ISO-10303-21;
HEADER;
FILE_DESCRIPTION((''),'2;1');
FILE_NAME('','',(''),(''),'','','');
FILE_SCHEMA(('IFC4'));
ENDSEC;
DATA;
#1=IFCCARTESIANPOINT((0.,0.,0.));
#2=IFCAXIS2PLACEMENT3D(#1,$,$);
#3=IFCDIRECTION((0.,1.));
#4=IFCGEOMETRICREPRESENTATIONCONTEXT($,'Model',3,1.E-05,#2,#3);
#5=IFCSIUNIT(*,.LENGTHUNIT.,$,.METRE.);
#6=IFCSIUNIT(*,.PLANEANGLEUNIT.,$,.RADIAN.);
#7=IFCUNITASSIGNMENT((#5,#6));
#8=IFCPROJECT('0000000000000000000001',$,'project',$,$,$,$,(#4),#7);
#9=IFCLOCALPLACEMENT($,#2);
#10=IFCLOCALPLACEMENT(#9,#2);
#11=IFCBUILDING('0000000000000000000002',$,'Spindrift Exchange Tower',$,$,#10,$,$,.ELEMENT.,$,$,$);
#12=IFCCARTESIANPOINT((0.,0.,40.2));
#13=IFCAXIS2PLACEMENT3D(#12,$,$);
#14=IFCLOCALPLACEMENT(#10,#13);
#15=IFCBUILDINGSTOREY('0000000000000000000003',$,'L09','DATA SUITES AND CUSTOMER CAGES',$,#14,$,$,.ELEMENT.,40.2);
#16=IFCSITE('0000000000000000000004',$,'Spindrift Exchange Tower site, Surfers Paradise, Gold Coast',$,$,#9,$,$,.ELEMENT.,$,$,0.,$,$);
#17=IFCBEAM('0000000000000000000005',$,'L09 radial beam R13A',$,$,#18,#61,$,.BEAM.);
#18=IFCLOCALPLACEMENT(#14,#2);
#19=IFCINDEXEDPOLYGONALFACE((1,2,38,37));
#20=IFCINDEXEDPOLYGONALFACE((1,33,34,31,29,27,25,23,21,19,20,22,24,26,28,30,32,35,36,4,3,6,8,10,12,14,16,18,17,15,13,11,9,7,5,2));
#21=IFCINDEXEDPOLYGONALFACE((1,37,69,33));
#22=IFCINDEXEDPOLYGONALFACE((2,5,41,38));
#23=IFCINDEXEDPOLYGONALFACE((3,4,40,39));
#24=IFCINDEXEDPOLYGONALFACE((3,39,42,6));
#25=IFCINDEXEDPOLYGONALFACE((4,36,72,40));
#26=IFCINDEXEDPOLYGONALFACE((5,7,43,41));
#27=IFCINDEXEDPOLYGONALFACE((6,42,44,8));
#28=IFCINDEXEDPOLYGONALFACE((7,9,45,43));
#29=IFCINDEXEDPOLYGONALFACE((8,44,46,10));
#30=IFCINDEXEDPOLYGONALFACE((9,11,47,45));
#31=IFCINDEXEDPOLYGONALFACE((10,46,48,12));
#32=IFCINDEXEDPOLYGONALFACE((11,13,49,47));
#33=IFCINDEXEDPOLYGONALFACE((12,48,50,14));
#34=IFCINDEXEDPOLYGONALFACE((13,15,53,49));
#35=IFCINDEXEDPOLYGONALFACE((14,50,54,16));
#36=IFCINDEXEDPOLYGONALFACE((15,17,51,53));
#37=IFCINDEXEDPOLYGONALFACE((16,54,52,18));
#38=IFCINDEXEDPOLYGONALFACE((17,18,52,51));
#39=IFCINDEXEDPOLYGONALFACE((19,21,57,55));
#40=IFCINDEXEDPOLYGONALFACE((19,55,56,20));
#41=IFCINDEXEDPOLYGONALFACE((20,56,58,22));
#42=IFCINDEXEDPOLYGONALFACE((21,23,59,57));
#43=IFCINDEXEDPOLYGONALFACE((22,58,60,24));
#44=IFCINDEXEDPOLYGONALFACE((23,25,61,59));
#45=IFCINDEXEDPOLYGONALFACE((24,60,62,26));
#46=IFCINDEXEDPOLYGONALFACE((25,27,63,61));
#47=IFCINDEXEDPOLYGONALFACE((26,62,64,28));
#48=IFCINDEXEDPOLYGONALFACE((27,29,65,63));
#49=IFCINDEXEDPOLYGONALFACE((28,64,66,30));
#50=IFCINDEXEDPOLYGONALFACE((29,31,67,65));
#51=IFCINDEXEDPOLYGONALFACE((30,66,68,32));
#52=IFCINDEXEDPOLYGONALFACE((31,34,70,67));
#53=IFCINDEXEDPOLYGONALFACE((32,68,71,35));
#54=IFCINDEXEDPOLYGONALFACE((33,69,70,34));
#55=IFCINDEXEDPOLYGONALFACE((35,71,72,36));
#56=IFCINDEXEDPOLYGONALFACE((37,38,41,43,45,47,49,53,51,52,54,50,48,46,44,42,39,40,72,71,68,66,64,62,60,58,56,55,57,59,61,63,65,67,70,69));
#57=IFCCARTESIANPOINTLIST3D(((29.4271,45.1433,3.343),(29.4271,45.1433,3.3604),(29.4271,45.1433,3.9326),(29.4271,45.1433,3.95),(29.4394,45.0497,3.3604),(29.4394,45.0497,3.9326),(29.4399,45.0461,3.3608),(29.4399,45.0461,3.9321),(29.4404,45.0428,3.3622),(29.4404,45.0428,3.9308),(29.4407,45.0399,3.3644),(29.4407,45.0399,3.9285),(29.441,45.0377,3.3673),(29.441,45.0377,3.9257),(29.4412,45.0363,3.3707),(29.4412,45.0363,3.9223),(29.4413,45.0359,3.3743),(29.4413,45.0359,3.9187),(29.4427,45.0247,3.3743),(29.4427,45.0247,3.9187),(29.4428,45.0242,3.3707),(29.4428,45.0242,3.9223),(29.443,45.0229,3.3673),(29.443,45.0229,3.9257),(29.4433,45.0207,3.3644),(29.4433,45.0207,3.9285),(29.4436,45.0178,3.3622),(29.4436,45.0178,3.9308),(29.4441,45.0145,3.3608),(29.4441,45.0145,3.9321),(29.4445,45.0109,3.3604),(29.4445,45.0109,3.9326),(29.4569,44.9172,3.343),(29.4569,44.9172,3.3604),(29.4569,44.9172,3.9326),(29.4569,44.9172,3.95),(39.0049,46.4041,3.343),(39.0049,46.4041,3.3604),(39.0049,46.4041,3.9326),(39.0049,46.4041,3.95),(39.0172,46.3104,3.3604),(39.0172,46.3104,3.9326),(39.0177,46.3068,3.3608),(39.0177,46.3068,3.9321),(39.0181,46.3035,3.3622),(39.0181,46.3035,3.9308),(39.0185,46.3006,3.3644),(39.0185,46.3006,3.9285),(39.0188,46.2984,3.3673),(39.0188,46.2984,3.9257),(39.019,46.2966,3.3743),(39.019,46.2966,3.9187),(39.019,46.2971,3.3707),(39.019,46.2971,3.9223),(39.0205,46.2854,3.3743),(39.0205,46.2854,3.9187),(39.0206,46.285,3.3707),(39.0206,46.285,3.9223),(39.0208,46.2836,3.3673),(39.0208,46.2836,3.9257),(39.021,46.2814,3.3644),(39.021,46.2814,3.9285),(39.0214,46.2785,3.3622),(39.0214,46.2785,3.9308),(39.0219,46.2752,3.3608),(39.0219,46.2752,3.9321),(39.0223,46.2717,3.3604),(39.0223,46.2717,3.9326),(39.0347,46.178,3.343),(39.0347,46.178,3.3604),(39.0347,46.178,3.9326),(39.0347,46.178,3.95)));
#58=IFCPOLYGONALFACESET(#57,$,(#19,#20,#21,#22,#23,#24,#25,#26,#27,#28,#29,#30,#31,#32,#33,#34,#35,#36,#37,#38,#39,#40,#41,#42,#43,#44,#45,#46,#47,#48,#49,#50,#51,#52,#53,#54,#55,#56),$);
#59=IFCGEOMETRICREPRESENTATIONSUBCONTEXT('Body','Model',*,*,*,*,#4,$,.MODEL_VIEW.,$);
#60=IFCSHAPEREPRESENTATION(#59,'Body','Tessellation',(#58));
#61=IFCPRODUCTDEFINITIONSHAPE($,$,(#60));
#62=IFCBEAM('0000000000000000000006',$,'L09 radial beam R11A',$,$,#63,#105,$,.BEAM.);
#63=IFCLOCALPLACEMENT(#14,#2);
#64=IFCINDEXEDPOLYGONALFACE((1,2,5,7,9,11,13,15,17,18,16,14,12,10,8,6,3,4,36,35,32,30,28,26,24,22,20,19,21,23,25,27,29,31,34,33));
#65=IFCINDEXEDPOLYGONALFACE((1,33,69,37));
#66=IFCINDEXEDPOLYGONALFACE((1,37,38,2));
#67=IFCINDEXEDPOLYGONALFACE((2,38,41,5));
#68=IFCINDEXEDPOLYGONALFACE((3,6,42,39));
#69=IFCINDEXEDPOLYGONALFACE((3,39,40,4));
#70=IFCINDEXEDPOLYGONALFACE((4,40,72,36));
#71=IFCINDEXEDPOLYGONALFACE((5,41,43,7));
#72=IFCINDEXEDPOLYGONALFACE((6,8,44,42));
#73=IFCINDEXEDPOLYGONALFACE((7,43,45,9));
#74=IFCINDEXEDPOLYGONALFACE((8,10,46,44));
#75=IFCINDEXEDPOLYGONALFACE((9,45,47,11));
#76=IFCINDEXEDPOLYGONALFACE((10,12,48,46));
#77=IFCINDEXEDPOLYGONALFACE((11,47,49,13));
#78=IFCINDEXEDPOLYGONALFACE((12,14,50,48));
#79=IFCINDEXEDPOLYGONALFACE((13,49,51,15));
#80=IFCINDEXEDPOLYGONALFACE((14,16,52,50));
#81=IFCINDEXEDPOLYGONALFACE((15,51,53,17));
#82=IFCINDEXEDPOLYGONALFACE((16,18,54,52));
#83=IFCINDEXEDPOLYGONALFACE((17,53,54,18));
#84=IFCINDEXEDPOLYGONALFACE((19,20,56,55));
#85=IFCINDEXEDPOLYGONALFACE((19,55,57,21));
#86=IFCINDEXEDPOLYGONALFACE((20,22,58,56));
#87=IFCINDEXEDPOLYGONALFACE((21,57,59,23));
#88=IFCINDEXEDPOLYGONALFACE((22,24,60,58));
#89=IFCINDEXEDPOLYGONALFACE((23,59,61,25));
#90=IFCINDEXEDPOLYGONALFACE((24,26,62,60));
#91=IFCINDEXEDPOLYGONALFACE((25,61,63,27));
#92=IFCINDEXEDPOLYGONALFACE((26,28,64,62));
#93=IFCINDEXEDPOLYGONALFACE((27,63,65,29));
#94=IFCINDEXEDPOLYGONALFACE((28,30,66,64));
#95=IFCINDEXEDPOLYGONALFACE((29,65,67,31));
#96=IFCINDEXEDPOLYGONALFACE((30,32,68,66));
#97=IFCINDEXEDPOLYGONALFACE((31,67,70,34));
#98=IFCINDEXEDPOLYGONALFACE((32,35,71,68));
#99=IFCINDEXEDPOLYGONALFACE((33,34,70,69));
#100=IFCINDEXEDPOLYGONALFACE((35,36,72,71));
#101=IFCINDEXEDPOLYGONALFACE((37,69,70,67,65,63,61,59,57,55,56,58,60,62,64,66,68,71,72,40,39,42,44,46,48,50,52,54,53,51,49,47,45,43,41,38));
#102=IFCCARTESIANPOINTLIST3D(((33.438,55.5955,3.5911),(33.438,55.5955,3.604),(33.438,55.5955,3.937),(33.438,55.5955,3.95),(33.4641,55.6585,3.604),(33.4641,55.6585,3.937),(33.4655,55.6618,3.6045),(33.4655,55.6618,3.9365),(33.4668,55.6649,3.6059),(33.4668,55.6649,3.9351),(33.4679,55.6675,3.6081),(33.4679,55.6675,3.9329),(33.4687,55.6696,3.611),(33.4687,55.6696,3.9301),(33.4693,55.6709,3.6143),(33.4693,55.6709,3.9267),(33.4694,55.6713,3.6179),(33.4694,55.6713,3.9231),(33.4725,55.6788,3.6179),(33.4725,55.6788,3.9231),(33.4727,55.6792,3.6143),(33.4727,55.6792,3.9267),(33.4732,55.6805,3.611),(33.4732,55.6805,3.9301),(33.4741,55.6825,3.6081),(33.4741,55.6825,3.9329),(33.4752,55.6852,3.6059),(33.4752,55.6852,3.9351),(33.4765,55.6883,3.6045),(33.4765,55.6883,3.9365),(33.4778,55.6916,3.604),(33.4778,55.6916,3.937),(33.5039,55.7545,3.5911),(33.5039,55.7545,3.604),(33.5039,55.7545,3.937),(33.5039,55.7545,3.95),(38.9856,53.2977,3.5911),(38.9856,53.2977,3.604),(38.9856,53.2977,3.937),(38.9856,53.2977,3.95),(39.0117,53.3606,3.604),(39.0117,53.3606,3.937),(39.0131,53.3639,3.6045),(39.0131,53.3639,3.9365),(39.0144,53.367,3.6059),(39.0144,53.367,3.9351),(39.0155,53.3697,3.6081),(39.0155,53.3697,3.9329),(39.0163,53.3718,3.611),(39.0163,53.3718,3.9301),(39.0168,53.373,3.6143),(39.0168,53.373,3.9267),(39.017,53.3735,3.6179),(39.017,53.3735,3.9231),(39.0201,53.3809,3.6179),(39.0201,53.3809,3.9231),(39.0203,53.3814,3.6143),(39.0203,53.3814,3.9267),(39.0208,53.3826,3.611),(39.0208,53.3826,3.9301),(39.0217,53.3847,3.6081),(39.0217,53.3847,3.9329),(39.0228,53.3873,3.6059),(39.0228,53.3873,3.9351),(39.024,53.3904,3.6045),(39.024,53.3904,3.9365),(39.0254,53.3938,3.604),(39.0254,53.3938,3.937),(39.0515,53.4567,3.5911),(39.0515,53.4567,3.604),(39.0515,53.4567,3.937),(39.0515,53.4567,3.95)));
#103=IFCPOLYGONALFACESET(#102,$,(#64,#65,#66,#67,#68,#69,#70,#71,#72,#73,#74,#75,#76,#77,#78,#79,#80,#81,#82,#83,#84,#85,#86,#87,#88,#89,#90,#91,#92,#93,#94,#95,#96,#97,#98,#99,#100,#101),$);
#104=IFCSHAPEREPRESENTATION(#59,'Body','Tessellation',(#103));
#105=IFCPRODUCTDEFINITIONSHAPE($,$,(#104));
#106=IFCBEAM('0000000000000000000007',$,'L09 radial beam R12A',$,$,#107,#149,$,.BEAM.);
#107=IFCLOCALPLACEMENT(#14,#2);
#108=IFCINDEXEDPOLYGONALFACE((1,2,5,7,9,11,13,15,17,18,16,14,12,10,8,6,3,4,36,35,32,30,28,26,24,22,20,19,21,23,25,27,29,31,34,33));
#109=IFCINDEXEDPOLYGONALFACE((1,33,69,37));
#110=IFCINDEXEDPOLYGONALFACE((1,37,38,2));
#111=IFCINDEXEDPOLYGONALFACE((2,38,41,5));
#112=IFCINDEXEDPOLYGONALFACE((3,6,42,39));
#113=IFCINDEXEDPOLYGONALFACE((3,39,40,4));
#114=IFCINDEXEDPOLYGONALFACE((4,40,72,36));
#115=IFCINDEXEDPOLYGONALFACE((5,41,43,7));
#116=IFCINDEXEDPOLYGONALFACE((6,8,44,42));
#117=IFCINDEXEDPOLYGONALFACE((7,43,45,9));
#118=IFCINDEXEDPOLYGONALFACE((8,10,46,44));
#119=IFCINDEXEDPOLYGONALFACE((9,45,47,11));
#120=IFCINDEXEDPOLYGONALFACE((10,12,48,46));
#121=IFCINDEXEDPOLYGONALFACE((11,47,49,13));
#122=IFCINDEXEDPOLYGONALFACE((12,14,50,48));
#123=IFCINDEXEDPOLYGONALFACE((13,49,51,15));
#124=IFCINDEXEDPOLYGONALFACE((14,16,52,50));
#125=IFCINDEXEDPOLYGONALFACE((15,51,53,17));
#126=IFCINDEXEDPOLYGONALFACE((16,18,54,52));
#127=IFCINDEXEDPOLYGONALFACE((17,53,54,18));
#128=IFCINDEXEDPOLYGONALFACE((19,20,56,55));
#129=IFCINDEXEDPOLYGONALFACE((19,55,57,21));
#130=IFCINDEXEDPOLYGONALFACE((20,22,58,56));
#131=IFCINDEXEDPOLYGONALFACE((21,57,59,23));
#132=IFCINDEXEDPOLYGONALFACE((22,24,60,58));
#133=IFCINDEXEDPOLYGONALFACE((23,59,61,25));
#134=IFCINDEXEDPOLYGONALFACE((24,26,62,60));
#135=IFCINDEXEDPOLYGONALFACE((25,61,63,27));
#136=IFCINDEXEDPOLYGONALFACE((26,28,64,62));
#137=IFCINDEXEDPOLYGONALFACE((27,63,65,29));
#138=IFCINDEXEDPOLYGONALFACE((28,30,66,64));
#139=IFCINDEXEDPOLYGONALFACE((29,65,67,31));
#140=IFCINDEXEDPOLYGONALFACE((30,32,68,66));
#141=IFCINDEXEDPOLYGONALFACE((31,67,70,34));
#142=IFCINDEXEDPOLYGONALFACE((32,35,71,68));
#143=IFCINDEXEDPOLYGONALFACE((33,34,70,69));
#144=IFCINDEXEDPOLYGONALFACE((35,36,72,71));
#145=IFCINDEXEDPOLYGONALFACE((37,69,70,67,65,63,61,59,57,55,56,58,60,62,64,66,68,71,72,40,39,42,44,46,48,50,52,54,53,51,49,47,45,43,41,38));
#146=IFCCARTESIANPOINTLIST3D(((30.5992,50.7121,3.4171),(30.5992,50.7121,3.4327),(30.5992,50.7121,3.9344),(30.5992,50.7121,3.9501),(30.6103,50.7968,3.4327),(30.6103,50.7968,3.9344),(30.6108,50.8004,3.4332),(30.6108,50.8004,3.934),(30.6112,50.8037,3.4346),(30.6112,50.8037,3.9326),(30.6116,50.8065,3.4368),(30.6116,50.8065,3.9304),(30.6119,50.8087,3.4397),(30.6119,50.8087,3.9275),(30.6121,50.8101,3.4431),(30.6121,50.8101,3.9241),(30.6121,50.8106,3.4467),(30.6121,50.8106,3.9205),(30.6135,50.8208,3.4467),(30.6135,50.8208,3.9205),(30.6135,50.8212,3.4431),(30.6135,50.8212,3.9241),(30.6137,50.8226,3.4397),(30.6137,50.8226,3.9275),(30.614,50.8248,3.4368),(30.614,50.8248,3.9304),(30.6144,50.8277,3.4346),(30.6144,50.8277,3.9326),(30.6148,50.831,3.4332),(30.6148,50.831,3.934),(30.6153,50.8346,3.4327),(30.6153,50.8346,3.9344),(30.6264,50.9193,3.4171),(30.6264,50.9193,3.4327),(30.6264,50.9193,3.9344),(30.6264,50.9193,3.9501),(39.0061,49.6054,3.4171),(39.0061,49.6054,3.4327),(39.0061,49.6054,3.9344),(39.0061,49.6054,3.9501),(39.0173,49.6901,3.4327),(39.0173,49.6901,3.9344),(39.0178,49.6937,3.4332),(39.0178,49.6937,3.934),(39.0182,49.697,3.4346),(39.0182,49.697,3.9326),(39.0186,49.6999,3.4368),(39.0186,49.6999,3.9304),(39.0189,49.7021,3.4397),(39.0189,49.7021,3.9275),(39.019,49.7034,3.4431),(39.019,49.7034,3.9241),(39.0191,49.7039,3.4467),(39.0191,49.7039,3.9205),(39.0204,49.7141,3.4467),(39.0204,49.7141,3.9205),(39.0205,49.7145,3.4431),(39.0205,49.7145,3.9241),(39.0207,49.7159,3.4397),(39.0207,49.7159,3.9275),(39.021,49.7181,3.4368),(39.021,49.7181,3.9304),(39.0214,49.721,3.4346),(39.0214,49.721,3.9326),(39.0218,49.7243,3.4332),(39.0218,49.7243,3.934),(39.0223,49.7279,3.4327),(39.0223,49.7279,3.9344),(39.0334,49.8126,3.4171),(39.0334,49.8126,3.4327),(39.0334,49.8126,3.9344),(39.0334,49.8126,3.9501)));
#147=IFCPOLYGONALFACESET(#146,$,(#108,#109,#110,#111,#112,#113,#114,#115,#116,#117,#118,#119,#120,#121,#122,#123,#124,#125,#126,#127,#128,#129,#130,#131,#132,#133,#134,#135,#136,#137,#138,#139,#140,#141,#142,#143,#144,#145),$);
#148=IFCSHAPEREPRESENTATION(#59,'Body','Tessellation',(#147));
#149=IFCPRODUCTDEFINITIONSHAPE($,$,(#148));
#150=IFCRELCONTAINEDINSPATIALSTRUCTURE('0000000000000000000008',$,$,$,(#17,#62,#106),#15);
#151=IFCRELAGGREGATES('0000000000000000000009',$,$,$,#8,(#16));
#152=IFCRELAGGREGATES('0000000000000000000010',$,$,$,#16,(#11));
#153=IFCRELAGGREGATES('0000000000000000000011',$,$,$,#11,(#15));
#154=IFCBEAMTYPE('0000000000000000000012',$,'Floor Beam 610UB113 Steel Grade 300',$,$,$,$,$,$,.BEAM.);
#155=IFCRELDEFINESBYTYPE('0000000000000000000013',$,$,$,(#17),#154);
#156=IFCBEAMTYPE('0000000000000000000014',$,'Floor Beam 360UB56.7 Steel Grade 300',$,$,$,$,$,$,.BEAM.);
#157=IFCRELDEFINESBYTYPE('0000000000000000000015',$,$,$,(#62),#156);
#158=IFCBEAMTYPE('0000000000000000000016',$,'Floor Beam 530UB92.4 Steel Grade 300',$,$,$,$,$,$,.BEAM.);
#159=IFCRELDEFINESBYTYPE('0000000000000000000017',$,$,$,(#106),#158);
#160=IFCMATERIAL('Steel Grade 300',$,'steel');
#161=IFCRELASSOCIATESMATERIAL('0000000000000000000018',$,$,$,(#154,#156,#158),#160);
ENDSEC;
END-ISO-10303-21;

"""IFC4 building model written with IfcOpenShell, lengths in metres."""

from ifc_helpers import new_model, si_unit, direction, frame, origin, origin_2d, place, context, subcontext, project, spatial, i_section, extrude, source, transform, mapped, material, material_profile, profile_set, type_object, element, save


model = new_model("IFC4")

# Units and contexts
model_context = context("Model", 3, precision=1e-05, world=origin(), true_north=direction((0.0, 1.0)))
body_context = subcontext(model_context, "Body", "Model", "MODEL_VIEW")
ifc_project = project(units=[si_unit("LENGTHUNIT", "METRE"), si_unit("PLANEANGLEUNIT", "RADIAN")], contexts=[model_context])

# Site, building, storey
site_placement = place(None, origin())
site = spatial("IfcSite", under=ifc_project, at=site_placement, Name="Spindrift Exchange Tower site, Surfers Paradise, Gold Coast", CompositionType="ELEMENT", RefElevation=0.0)
building_placement = place(site_placement, origin())
building = spatial("IfcBuilding", under=site, at=building_placement, Name="Spindrift Exchange Tower", CompositionType="ELEMENT")
storey_placement = place(building_placement, frame((0.0, 0.0, 40.2)))
storey = spatial("IfcBuildingStorey", under=building, at=storey_placement, Name="L09", Description="DATA SUITES AND CUSTOMER CAGES", CompositionType="ELEMENT", Elevation=40.2)

# Beams
ifc_material_1 = material(Name="Steel Grade 300", Category="steel")
ifc_material_profile_1 = material_profile(ifc_material_1, i_section(OverallWidth=0.228, OverallDepth=0.6069, WebThickness=0.0112, FlangeThickness=0.0173, FilletRadius=0.0139, at=origin_2d()), Name="610UB113")
ifc_profile_set_1 = profile_set([ifc_material_profile_1], Name="Steel Grade 300")
beam_type_1 = type_object("IfcBeamType", Name="Floor Beam 610UB113 Steel Grade 300", PredefinedType="BEAM", material=ifc_profile_set_1)
shared_shape_1 = source(origin(), body_context, "Body", "SweptSolid", [
    extrude(i_section(OverallWidth=0.228, OverallDepth=0.6069, WebThickness=0.0112, FlangeThickness=0.0173, FilletRadius=0.0139, at=origin_2d()), origin(), (0.0, 0.0, 1.0), 9.6604),
])
beam_1_placement = place(storey_placement, frame((39.0198, 46.291, 3.6465), z_axis=(-0.991448, -0.130505, 0.0), x_axis=(0.130505, -0.991448, 0.0)))
element("IfcBeam", 1, at=beam_1_placement, inside=storey, type_object=beam_type_1, Name="L09 radial beam R13A", PredefinedType="BEAM", context=body_context, shape_type="MappedRepresentation", body=[
    mapped(shared_shape_1, transform((0.0, 0.0, 0.0), scale=1.0)),
])
ifc_material_profile_2 = material_profile(ifc_material_1, i_section(OverallWidth=0.1721, OverallDepth=0.3589, WebThickness=0.0081, FlangeThickness=0.0129, FilletRadius=0.0139, at=origin_2d()), Name="360UB56.7")
ifc_profile_set_2 = profile_set([ifc_material_profile_2], Name="Steel Grade 300")
beam_type_2 = type_object("IfcBeamType", Name="Floor Beam 360UB56.7 Steel Grade 300", PredefinedType="BEAM", material=ifc_profile_set_2)
shared_shape_2 = source(origin(), body_context, "Body", "SweptSolid", [
    extrude(i_section(OverallWidth=0.1721, OverallDepth=0.3589, WebThickness=0.0081, FlangeThickness=0.0129, FilletRadius=0.0139, at=origin_2d()), origin(), (0.0, 0.0, 1.0), 6.0046),
])
beam_2_placement = place(storey_placement, frame((39.0186, 53.3772, 3.7705), z_axis=(-0.923882, 0.382677, 0.0), x_axis=(-0.382677, -0.923882, 0.0)))
element("IfcBeam", 2, at=beam_2_placement, inside=storey, type_object=beam_type_2, Name="L09 radial beam R11A", PredefinedType="BEAM", context=body_context, shape_type="MappedRepresentation", body=[
    mapped(shared_shape_2, transform((0.0, 0.0, 0.0), scale=1.0)),
])
ifc_material_profile_3 = material_profile(ifc_material_1, i_section(OverallWidth=0.209, OverallDepth=0.533, WebThickness=0.0103, FlangeThickness=0.0156, FilletRadius=0.0139, at=origin_2d()), Name="530UB92.4")
ifc_profile_set_3 = profile_set([ifc_material_profile_3], Name="Steel Grade 300")
beam_type_3 = type_object("IfcBeamType", Name="Floor Beam 530UB92.4 Steel Grade 300", PredefinedType="BEAM", material=ifc_profile_set_3)
shared_shape_3 = source(origin(), body_context, "Body", "SweptSolid", [
    extrude(i_section(OverallWidth=0.209, OverallDepth=0.533, WebThickness=0.0103, FlangeThickness=0.0156, FilletRadius=0.0139, at=origin_2d()), origin(), (0.0, 0.0, 1.0), 8.4795),
])
beam_3_placement = place(storey_placement, frame((39.0198, 49.709, 3.6836), z_axis=(-0.991447, 0.130513, 0.0), x_axis=(-0.130513, -0.991447, 0.0)))
element("IfcBeam", 3, at=beam_3_placement, inside=storey, type_object=beam_type_3, Name="L09 radial beam R12A", PredefinedType="BEAM", context=body_context, shape_type="MappedRepresentation", body=[
    mapped(shared_shape_3, transform((0.0, 0.0, 0.0), scale=1.0)),
])

save(model, "model.ifc")
